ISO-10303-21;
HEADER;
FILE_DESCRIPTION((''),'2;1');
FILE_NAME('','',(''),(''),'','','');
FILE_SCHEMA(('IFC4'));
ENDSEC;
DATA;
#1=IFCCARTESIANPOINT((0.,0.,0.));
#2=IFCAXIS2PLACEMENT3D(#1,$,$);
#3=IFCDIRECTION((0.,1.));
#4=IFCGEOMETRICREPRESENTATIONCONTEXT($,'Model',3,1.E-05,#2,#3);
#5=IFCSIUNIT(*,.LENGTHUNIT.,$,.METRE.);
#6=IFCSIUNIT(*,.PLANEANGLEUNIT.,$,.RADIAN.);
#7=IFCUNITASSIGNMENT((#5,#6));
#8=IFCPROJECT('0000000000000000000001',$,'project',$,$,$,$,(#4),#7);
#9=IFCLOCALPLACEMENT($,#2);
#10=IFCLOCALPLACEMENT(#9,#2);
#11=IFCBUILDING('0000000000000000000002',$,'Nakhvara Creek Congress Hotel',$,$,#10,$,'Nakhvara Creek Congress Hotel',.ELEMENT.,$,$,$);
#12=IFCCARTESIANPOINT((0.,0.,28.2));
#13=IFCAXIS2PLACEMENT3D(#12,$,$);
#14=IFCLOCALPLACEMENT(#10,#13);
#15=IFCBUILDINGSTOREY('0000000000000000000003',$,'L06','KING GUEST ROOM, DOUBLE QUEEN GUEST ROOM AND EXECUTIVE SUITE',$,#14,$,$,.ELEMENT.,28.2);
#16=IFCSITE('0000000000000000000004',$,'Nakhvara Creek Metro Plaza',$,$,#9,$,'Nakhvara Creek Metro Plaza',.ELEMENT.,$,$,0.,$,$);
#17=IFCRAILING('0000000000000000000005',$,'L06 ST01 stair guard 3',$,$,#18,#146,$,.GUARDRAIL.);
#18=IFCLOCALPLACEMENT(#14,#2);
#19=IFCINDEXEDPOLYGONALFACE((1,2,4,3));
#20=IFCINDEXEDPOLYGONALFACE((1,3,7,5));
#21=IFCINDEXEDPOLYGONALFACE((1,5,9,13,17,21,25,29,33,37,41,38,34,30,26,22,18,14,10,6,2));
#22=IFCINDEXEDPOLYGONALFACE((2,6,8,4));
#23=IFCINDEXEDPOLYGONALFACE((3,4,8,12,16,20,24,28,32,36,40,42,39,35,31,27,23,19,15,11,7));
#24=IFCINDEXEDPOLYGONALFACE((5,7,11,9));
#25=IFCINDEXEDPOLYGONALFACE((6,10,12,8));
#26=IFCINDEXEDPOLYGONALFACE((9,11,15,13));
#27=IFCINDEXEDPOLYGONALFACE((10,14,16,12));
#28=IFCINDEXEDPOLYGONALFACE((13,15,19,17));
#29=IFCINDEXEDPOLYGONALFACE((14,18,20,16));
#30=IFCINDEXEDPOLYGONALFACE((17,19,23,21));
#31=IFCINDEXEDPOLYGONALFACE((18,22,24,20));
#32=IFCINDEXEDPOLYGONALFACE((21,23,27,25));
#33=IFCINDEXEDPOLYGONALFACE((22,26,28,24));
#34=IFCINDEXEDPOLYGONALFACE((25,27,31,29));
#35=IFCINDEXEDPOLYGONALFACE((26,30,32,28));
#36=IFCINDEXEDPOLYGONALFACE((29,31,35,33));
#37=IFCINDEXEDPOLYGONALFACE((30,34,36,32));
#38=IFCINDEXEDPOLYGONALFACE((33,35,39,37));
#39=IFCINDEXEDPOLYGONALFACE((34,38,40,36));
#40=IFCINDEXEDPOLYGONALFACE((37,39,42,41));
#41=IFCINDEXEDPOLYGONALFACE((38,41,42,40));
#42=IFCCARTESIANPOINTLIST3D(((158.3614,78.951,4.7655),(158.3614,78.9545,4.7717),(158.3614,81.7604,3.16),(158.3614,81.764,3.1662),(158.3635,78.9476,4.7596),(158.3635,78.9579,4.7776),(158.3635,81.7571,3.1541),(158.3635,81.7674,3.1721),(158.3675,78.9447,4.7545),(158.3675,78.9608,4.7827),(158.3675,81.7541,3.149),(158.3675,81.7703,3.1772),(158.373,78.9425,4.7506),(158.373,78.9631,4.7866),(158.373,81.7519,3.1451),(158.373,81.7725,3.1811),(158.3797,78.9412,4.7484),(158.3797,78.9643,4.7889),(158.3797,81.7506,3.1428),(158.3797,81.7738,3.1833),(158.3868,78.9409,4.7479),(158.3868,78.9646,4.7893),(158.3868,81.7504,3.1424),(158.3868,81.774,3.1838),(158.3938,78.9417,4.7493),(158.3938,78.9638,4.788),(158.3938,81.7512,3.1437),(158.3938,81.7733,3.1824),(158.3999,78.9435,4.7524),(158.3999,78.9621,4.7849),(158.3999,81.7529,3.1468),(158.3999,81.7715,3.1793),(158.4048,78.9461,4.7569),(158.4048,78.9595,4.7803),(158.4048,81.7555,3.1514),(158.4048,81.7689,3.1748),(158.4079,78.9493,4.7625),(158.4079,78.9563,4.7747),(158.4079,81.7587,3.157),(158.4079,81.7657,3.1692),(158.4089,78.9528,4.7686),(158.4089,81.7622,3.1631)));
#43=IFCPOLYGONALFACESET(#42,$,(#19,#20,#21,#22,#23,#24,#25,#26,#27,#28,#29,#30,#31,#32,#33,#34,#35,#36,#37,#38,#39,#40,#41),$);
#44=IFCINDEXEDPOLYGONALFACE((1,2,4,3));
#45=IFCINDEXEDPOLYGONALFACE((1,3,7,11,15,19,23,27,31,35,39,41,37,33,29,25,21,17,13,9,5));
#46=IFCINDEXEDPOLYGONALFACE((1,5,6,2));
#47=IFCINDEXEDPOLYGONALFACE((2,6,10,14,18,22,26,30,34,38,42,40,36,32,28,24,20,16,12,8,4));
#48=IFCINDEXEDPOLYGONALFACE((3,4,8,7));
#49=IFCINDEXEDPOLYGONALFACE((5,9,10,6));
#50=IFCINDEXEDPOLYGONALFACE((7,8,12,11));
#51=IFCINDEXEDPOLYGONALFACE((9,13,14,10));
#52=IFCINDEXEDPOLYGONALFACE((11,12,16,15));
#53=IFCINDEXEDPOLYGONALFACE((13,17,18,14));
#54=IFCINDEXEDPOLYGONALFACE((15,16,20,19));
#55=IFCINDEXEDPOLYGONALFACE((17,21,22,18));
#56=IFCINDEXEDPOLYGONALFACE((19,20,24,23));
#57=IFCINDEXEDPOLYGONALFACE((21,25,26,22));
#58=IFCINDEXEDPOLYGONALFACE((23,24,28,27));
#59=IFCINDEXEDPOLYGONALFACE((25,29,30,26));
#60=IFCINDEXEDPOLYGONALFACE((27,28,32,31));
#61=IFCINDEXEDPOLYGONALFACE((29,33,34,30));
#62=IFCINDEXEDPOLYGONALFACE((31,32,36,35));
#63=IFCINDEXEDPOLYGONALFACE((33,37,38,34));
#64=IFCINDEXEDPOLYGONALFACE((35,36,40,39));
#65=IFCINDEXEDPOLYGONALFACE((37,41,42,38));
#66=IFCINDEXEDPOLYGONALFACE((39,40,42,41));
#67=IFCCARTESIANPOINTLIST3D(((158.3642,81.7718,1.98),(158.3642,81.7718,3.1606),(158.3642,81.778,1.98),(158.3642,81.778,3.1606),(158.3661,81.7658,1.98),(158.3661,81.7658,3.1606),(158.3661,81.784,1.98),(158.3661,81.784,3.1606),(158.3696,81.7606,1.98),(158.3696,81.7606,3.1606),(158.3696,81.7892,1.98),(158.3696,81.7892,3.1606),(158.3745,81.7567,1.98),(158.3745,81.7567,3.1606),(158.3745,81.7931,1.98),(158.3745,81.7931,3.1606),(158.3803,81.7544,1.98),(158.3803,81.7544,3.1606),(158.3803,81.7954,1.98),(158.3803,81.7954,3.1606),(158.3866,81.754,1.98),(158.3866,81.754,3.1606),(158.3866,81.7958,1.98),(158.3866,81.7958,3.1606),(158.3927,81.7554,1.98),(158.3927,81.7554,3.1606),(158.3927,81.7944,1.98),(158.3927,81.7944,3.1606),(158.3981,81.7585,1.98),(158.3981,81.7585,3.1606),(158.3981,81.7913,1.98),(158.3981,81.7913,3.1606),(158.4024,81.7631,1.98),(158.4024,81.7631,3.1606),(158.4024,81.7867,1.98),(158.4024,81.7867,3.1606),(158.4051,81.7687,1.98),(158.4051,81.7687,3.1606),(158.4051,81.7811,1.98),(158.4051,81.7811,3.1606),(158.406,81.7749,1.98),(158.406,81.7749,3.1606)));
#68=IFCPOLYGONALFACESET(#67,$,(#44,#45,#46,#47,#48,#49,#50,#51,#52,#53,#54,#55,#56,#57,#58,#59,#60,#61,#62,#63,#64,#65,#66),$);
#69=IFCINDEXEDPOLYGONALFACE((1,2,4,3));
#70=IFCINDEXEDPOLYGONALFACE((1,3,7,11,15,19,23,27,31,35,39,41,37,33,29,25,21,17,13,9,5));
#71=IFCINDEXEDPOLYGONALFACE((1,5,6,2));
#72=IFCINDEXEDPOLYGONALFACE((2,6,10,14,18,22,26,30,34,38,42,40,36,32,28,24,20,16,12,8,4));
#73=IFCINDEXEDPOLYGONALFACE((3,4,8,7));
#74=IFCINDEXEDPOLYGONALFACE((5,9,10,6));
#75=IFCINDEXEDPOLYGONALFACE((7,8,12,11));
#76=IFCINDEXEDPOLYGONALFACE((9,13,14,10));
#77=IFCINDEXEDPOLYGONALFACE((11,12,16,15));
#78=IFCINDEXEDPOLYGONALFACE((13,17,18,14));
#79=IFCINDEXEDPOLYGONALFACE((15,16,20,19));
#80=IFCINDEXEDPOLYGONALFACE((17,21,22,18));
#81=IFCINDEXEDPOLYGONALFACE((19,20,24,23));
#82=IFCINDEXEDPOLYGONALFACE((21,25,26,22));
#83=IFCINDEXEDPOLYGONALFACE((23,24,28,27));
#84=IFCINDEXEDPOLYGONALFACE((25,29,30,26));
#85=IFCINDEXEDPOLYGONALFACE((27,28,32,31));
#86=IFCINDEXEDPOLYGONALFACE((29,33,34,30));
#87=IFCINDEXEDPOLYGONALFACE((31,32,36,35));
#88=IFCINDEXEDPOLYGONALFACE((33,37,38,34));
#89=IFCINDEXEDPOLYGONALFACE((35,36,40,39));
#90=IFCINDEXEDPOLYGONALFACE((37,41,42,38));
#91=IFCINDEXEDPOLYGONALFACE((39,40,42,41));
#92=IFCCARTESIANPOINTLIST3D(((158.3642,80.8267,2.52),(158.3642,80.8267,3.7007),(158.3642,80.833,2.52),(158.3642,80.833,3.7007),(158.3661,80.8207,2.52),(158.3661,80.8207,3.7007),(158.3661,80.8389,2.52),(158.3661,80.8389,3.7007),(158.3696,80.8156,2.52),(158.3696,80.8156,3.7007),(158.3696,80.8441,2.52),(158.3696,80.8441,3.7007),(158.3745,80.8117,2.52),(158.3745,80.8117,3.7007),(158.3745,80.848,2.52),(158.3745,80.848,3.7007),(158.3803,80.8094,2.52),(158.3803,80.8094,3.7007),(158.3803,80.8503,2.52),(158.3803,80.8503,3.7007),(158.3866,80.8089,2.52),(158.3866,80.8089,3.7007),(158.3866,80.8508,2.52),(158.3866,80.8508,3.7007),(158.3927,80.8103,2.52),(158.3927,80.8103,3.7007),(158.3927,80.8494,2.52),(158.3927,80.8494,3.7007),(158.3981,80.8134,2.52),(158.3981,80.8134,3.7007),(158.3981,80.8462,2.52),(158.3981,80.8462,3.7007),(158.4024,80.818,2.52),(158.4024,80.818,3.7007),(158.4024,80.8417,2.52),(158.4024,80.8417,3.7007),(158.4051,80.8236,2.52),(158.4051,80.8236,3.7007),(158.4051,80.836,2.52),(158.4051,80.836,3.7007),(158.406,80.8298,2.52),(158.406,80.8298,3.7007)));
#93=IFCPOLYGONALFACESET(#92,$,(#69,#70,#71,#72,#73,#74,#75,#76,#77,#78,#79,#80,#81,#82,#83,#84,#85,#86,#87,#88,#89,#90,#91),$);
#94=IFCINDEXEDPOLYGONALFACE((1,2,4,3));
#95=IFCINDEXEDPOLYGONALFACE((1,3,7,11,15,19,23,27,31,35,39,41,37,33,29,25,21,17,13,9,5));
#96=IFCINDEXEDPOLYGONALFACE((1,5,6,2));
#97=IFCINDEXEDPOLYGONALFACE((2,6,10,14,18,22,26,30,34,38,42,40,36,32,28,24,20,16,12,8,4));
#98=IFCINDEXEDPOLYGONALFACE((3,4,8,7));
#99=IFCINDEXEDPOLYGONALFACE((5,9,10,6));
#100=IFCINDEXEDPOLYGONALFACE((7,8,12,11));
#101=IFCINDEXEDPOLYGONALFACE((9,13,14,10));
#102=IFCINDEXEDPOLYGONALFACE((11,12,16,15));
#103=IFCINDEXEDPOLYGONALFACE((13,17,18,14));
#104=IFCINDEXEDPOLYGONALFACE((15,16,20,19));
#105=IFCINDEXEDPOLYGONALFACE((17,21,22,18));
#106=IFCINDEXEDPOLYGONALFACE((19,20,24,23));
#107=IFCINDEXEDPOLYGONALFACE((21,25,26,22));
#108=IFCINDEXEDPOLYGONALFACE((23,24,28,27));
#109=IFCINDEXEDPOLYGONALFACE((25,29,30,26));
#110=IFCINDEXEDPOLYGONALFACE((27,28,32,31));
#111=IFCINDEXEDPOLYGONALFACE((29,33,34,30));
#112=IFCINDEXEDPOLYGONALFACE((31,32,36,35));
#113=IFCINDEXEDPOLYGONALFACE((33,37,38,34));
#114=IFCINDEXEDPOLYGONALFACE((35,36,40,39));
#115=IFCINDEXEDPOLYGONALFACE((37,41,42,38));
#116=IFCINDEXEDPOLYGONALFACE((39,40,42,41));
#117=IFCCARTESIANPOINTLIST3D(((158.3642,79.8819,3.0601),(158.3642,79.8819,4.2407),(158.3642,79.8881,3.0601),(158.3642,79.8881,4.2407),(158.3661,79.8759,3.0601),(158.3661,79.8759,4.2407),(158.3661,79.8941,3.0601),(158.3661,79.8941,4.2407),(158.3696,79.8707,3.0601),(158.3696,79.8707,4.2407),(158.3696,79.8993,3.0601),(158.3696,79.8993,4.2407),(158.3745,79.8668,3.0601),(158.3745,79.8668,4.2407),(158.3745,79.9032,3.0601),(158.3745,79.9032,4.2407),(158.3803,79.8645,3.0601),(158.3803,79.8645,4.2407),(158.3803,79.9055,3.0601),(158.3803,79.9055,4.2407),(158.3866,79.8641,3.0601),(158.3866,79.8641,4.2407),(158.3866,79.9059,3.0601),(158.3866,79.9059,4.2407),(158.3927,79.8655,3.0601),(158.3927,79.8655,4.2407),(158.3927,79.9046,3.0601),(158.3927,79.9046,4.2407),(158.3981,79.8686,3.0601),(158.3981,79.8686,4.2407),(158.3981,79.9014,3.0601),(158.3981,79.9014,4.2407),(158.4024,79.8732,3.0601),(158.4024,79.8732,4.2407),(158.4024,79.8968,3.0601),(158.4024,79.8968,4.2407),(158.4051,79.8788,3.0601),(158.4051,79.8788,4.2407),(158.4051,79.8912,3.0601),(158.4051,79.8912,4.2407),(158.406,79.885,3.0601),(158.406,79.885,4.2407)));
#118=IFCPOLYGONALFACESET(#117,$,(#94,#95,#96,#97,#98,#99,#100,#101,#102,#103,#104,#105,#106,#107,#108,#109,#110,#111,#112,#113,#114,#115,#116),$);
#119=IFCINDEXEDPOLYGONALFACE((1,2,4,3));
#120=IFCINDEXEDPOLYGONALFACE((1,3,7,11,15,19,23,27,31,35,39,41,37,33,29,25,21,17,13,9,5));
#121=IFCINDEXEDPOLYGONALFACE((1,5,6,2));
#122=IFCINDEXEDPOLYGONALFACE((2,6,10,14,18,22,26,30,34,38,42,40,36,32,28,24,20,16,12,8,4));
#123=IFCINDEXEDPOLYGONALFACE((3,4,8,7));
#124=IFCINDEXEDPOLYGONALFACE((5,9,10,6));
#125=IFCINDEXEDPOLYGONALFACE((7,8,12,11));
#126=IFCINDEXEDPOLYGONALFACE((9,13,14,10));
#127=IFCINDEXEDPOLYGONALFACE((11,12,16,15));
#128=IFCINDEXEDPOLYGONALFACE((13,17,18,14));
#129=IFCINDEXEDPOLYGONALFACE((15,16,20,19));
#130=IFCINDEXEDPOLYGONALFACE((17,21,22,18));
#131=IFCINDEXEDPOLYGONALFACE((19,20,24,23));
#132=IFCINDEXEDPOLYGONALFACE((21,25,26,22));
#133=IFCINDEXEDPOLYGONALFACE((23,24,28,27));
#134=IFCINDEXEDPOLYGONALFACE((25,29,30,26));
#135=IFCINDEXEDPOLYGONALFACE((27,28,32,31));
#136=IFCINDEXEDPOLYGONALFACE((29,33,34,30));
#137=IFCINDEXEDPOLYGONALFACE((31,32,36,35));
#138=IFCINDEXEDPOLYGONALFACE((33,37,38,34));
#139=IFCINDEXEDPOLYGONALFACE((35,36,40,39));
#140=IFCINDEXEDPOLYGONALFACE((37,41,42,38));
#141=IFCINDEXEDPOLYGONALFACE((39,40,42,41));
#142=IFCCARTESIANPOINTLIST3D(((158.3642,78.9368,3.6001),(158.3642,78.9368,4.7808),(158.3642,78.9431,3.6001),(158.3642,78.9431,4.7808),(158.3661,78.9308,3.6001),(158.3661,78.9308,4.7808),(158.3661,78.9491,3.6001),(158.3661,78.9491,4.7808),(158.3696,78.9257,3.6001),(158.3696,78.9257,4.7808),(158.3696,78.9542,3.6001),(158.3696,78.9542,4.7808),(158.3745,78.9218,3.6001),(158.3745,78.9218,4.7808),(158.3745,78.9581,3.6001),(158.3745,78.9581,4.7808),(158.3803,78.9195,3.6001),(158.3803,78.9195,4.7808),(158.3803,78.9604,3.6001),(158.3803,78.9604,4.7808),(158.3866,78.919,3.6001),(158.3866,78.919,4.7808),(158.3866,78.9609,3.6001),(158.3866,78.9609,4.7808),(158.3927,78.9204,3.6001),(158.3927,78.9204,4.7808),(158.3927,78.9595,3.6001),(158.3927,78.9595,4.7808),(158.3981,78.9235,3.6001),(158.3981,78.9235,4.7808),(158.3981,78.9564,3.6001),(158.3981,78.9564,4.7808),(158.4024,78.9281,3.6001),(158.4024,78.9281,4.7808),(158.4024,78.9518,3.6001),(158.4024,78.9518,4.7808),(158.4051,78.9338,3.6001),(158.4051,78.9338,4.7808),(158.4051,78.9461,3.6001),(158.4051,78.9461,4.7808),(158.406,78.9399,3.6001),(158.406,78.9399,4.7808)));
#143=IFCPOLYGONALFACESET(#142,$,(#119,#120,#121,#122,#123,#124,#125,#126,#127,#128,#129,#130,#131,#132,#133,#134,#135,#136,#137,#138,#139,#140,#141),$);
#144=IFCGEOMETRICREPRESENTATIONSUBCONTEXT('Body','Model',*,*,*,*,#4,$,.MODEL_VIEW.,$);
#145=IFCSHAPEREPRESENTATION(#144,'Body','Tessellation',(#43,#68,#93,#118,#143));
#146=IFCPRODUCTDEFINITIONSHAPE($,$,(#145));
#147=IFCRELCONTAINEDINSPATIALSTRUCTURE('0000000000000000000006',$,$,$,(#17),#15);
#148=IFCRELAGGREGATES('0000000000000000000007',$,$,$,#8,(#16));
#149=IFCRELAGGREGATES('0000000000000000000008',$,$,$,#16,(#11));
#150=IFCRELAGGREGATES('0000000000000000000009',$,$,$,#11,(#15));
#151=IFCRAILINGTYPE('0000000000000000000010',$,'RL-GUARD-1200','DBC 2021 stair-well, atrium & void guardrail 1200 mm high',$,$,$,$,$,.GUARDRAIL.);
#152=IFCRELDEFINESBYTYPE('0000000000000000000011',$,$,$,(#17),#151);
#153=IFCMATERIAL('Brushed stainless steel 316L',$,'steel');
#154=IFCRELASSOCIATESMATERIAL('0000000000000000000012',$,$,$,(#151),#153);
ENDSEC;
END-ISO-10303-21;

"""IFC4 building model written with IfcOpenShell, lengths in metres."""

from ifc_helpers import new_model, si_unit, direction, frame, origin, origin_2d, place, context, subcontext, project, spatial, circle, extrude, material, type_object, element, save


model = new_model("IFC4")

# Units and contexts
model_context = context("Model", 3, precision=1e-05, world=origin(), true_north=direction((0.0, 1.0)))
body_context = subcontext(model_context, "Body", "Model", "MODEL_VIEW")
ifc_project = project(units=[si_unit("LENGTHUNIT", "METRE"), si_unit("PLANEANGLEUNIT", "RADIAN")], contexts=[model_context])

# Site, building, storey
site_placement = place(None, origin())
site = spatial("IfcSite", under=ifc_project, at=site_placement, Name="Nakhvara Creek Metro Plaza", LongName="Nakhvara Creek Metro Plaza", CompositionType="ELEMENT", RefElevation=0.0)
building_placement = place(site_placement, origin())
building = spatial("IfcBuilding", under=site, at=building_placement, Name="Nakhvara Creek Congress Hotel", LongName="Nakhvara Creek Congress Hotel", CompositionType="ELEMENT")
storey_placement = place(building_placement, frame((0.0, 0.0, 28.2)))
storey = spatial("IfcBuildingStorey", under=building, at=storey_placement, Name="L06", Description="KING GUEST ROOM, DOUBLE QUEEN GUEST ROOM AND EXECUTIVE SUITE", CompositionType="ELEMENT", Elevation=28.2)

# Railing
ifc_material_1 = material(Name="Brushed stainless steel 316L", Category="steel")
railing_type_1 = type_object("IfcRailingType", Name="RL-GUARD-1200", Description="DBC 2021 stair-well, atrium & void guardrail 1200 mm high", PredefinedType="GUARDRAIL", material=ifc_material_1)
railing_1_placement = place(storey_placement, frame((158.385, 81.7749, 1.98)))
element("IfcRailing", 1, at=railing_1_placement, inside=storey, type_object=railing_type_1, Name="L06 ST01 stair guard 3", PredefinedType="GUARDRAIL", context=body_context, shape_type="SweptSolid", body=[
    extrude(circle(Radius=0.0239, at=origin_2d()), frame((0.0, -0.0127, 1.1831), z_axis=(0.0, -0.868225, 0.496171), x_axis=(1.0, 0.0, 0.0)), (0.0, 0.0, 1.0), 3.2358),
    extrude(circle(Radius=0.021, at=origin_2d()), origin(), (0.0, 0.0, 1.0), 1.1807),
    extrude(circle(Radius=0.021, at=origin_2d()), frame((0.0, -0.9451, 0.54)), (0.0, 0.0, 1.0), 1.1807),
    extrude(circle(Radius=0.021, at=origin_2d()), frame((0.0, -1.8899, 1.0801)), (0.0, 0.0, 1.0), 1.1807),
    extrude(circle(Radius=0.021, at=origin_2d()), frame((0.0, -2.835, 1.6201)), (0.0, 0.0, 1.0), 1.1807),
])

save(model, "model.ifc")
